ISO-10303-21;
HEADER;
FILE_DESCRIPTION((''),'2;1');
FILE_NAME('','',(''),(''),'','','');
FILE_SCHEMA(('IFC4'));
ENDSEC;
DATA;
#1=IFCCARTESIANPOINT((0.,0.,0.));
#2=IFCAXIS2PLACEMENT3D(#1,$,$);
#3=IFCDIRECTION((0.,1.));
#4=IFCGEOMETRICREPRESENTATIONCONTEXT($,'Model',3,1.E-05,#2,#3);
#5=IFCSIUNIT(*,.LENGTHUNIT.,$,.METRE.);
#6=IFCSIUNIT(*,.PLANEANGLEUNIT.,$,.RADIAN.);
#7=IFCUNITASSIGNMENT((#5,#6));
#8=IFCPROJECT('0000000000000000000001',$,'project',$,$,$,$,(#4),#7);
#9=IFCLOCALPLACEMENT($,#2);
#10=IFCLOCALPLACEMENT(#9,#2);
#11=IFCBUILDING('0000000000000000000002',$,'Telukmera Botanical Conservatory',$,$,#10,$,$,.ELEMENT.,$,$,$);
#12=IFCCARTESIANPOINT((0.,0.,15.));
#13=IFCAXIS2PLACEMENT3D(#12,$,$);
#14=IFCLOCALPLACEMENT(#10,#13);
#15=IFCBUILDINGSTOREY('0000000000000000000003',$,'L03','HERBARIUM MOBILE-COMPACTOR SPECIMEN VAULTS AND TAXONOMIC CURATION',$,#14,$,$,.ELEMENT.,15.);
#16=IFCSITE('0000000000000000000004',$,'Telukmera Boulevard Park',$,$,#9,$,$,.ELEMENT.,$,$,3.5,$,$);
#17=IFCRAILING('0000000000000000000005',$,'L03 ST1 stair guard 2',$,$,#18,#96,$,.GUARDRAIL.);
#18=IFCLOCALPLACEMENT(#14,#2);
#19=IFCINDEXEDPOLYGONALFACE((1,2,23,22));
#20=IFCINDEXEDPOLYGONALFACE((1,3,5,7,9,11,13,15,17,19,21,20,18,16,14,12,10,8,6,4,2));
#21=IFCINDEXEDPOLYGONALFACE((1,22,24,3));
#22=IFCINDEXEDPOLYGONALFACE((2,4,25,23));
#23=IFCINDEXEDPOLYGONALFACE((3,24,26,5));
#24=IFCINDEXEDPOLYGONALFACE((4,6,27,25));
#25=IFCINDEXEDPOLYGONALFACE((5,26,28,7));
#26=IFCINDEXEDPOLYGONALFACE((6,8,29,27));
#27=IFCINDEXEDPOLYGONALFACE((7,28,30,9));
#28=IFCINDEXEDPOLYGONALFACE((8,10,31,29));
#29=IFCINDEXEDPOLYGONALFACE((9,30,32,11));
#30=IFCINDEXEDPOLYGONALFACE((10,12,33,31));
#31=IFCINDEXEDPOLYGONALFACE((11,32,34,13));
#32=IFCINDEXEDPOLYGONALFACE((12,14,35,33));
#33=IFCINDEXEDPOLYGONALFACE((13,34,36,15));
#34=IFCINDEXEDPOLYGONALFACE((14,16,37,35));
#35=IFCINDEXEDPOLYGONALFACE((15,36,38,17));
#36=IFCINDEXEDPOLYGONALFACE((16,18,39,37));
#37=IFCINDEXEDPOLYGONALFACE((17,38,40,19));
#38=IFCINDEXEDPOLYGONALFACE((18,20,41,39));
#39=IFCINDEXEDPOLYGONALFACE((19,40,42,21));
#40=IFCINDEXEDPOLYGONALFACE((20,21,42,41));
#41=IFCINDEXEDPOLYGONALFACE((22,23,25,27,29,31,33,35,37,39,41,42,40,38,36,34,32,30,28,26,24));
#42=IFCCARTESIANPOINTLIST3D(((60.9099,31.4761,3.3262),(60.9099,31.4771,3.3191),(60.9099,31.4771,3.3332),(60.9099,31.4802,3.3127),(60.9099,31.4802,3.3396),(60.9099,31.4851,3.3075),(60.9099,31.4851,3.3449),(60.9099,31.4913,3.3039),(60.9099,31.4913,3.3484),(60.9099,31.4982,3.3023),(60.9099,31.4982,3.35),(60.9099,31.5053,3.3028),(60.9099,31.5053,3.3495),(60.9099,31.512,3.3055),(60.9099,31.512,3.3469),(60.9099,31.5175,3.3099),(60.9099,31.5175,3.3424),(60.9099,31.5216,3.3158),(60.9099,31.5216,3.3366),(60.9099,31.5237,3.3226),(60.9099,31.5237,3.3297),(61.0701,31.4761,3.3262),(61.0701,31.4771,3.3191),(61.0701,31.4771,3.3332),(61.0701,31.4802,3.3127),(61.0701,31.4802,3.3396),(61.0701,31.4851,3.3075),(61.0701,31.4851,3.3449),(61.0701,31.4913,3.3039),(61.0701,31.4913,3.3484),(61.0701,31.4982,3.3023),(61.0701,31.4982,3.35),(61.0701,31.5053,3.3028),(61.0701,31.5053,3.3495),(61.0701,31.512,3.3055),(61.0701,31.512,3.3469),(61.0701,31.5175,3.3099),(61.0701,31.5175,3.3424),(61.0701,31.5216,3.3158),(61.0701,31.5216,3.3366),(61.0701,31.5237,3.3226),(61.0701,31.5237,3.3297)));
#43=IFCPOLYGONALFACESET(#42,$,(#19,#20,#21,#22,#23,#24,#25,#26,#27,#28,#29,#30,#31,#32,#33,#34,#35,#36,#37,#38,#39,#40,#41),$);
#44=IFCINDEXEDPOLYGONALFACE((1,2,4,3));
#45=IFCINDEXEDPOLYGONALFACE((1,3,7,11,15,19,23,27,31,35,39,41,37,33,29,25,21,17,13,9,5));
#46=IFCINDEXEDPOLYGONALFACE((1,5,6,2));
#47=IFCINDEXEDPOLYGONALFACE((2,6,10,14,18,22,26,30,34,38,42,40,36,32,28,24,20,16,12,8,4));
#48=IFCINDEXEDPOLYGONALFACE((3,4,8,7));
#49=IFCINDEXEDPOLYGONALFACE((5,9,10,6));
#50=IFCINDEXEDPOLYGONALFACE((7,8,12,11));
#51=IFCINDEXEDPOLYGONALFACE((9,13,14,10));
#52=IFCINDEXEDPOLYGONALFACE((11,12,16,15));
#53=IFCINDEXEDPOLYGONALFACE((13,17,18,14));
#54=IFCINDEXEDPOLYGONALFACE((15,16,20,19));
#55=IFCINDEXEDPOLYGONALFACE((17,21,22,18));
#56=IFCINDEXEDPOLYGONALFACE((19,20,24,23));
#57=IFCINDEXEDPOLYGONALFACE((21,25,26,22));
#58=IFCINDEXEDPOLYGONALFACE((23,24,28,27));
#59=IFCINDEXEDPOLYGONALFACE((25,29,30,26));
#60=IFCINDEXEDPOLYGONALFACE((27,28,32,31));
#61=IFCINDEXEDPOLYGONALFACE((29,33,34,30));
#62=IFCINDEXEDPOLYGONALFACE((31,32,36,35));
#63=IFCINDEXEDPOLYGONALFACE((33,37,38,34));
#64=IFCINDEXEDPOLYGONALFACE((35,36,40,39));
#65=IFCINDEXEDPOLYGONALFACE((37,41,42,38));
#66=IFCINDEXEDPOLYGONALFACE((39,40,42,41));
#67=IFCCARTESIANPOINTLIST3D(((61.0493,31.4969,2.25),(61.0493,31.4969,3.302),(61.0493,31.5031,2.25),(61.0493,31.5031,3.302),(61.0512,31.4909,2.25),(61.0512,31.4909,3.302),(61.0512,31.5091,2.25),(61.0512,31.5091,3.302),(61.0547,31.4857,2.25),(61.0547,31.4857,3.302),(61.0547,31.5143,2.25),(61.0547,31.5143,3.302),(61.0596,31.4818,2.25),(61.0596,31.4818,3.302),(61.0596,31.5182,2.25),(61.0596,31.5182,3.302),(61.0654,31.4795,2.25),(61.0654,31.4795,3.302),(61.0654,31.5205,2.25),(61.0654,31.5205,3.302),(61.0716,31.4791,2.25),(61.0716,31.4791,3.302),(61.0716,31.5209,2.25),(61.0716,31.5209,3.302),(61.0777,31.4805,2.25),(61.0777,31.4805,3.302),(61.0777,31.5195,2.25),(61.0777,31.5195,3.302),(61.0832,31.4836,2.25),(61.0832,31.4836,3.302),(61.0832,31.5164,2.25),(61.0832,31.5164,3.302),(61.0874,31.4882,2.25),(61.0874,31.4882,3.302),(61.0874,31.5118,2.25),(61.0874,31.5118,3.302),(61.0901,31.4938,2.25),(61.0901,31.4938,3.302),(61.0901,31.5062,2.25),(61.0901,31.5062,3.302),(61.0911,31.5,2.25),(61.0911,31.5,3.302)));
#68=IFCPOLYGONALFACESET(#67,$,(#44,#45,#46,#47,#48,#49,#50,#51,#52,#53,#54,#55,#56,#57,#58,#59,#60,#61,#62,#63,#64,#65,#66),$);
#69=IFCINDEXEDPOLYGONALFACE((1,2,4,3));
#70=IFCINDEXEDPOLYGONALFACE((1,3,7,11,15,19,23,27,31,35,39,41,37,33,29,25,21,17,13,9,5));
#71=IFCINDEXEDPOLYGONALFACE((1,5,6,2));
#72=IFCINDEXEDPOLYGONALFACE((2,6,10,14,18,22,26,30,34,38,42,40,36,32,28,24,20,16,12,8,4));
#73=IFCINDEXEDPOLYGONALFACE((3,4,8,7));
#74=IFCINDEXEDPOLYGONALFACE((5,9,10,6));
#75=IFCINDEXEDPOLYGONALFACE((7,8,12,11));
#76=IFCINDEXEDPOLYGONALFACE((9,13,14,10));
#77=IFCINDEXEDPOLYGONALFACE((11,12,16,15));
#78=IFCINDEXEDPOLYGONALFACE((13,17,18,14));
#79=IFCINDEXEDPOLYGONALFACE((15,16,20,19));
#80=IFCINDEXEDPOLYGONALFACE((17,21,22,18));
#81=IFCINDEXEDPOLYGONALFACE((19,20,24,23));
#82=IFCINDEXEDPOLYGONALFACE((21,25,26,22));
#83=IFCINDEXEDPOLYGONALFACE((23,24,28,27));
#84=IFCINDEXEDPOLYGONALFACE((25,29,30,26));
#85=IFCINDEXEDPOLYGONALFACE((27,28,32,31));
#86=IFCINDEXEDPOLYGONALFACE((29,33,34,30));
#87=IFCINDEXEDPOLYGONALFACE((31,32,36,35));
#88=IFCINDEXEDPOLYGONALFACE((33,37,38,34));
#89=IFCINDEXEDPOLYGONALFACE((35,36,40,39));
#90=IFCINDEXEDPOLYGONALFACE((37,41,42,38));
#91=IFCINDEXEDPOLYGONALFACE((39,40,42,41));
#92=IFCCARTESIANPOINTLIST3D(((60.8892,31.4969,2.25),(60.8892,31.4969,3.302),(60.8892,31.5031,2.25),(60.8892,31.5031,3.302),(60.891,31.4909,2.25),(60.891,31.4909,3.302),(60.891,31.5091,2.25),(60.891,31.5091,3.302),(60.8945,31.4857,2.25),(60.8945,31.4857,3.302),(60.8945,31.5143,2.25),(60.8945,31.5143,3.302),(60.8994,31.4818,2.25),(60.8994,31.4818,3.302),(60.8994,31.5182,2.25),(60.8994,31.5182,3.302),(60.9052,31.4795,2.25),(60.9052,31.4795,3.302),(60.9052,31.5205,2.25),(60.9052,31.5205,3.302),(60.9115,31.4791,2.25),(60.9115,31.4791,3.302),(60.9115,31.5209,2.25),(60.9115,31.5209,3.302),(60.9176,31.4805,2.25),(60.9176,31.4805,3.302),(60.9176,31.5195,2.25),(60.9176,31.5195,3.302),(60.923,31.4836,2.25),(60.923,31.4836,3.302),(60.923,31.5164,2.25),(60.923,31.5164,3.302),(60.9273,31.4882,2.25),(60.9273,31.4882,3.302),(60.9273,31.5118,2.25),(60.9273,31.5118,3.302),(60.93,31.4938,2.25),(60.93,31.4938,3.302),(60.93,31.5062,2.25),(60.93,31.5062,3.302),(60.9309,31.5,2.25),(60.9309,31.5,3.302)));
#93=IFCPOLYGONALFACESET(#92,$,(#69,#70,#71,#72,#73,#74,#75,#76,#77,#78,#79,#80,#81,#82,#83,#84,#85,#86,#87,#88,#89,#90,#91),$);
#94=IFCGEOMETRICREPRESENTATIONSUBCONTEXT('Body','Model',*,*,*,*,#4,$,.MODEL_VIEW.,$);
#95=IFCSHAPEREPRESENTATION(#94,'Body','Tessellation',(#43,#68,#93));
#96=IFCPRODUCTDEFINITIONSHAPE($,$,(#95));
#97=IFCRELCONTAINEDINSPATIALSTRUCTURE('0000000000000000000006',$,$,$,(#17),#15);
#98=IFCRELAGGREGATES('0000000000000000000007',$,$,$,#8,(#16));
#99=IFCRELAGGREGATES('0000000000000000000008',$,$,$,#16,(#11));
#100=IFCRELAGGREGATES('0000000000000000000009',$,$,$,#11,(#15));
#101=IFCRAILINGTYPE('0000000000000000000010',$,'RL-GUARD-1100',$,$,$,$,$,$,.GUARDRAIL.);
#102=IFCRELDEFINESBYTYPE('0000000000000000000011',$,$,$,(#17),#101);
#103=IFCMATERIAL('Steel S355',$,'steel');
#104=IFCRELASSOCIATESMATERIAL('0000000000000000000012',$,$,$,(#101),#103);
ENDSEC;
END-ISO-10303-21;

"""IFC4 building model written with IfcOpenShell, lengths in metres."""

from ifc_helpers import new_model, si_unit, direction, frame, origin, origin_2d, place, context, subcontext, project, spatial, circle, extrude, material, type_object, element, save


model = new_model("IFC4")

# Units and contexts
model_context = context("Model", 3, precision=1e-05, world=origin(), true_north=direction((0.0, 1.0)))
body_context = subcontext(model_context, "Body", "Model", "MODEL_VIEW")
ifc_project = project(units=[si_unit("LENGTHUNIT", "METRE"), si_unit("PLANEANGLEUNIT", "RADIAN")], contexts=[model_context])

# Site, building, storey
site_placement = place(None, origin())
site = spatial("IfcSite", under=ifc_project, at=site_placement, Name="Telukmera Boulevard Park", CompositionType="ELEMENT", RefElevation=3.5)
building_placement = place(site_placement, origin())
building = spatial("IfcBuilding", under=site, at=building_placement, Name="Telukmera Botanical Conservatory", CompositionType="ELEMENT")
storey_placement = place(building_placement, frame((0.0, 0.0, 15.0)))
storey = spatial("IfcBuildingStorey", under=building, at=storey_placement, Name="L03", Description="HERBARIUM MOBILE-COMPACTOR SPECIMEN VAULTS AND TAXONOMIC CURATION", CompositionType="ELEMENT", Elevation=15.0)

# Railing
ifc_material_1 = material(Name="Steel S355", Category="steel")
railing_type_1 = type_object("IfcRailingType", Name="RL-GUARD-1100", PredefinedType="GUARDRAIL", material=ifc_material_1)
railing_1_placement = place(storey_placement, frame((61.0701, 31.5, 2.25)))
element("IfcRailing", 1, at=railing_1_placement, inside=storey, type_object=railing_type_1, Name="L03 ST1 stair guard 2", PredefinedType="GUARDRAIL", context=body_context, shape_type="SweptSolid", body=[
    extrude(circle(Radius=0.0239, at=origin_2d()), frame((0.0, 0.0, 1.0762), z_axis=(-1.0, 0.0, 0.0), x_axis=(0.0, -1.0, 0.0)), (0.0, 0.0, 1.0), 0.1602),
    extrude(circle(Radius=0.021, at=origin_2d()), origin(), (0.0, 0.0, 1.0), 1.052),
    extrude(circle(Radius=0.021, at=origin_2d()), frame((-0.1602, 0.0, 0.0)), (0.0, 0.0, 1.0), 1.052),
])

save(model, "model.ifc")
